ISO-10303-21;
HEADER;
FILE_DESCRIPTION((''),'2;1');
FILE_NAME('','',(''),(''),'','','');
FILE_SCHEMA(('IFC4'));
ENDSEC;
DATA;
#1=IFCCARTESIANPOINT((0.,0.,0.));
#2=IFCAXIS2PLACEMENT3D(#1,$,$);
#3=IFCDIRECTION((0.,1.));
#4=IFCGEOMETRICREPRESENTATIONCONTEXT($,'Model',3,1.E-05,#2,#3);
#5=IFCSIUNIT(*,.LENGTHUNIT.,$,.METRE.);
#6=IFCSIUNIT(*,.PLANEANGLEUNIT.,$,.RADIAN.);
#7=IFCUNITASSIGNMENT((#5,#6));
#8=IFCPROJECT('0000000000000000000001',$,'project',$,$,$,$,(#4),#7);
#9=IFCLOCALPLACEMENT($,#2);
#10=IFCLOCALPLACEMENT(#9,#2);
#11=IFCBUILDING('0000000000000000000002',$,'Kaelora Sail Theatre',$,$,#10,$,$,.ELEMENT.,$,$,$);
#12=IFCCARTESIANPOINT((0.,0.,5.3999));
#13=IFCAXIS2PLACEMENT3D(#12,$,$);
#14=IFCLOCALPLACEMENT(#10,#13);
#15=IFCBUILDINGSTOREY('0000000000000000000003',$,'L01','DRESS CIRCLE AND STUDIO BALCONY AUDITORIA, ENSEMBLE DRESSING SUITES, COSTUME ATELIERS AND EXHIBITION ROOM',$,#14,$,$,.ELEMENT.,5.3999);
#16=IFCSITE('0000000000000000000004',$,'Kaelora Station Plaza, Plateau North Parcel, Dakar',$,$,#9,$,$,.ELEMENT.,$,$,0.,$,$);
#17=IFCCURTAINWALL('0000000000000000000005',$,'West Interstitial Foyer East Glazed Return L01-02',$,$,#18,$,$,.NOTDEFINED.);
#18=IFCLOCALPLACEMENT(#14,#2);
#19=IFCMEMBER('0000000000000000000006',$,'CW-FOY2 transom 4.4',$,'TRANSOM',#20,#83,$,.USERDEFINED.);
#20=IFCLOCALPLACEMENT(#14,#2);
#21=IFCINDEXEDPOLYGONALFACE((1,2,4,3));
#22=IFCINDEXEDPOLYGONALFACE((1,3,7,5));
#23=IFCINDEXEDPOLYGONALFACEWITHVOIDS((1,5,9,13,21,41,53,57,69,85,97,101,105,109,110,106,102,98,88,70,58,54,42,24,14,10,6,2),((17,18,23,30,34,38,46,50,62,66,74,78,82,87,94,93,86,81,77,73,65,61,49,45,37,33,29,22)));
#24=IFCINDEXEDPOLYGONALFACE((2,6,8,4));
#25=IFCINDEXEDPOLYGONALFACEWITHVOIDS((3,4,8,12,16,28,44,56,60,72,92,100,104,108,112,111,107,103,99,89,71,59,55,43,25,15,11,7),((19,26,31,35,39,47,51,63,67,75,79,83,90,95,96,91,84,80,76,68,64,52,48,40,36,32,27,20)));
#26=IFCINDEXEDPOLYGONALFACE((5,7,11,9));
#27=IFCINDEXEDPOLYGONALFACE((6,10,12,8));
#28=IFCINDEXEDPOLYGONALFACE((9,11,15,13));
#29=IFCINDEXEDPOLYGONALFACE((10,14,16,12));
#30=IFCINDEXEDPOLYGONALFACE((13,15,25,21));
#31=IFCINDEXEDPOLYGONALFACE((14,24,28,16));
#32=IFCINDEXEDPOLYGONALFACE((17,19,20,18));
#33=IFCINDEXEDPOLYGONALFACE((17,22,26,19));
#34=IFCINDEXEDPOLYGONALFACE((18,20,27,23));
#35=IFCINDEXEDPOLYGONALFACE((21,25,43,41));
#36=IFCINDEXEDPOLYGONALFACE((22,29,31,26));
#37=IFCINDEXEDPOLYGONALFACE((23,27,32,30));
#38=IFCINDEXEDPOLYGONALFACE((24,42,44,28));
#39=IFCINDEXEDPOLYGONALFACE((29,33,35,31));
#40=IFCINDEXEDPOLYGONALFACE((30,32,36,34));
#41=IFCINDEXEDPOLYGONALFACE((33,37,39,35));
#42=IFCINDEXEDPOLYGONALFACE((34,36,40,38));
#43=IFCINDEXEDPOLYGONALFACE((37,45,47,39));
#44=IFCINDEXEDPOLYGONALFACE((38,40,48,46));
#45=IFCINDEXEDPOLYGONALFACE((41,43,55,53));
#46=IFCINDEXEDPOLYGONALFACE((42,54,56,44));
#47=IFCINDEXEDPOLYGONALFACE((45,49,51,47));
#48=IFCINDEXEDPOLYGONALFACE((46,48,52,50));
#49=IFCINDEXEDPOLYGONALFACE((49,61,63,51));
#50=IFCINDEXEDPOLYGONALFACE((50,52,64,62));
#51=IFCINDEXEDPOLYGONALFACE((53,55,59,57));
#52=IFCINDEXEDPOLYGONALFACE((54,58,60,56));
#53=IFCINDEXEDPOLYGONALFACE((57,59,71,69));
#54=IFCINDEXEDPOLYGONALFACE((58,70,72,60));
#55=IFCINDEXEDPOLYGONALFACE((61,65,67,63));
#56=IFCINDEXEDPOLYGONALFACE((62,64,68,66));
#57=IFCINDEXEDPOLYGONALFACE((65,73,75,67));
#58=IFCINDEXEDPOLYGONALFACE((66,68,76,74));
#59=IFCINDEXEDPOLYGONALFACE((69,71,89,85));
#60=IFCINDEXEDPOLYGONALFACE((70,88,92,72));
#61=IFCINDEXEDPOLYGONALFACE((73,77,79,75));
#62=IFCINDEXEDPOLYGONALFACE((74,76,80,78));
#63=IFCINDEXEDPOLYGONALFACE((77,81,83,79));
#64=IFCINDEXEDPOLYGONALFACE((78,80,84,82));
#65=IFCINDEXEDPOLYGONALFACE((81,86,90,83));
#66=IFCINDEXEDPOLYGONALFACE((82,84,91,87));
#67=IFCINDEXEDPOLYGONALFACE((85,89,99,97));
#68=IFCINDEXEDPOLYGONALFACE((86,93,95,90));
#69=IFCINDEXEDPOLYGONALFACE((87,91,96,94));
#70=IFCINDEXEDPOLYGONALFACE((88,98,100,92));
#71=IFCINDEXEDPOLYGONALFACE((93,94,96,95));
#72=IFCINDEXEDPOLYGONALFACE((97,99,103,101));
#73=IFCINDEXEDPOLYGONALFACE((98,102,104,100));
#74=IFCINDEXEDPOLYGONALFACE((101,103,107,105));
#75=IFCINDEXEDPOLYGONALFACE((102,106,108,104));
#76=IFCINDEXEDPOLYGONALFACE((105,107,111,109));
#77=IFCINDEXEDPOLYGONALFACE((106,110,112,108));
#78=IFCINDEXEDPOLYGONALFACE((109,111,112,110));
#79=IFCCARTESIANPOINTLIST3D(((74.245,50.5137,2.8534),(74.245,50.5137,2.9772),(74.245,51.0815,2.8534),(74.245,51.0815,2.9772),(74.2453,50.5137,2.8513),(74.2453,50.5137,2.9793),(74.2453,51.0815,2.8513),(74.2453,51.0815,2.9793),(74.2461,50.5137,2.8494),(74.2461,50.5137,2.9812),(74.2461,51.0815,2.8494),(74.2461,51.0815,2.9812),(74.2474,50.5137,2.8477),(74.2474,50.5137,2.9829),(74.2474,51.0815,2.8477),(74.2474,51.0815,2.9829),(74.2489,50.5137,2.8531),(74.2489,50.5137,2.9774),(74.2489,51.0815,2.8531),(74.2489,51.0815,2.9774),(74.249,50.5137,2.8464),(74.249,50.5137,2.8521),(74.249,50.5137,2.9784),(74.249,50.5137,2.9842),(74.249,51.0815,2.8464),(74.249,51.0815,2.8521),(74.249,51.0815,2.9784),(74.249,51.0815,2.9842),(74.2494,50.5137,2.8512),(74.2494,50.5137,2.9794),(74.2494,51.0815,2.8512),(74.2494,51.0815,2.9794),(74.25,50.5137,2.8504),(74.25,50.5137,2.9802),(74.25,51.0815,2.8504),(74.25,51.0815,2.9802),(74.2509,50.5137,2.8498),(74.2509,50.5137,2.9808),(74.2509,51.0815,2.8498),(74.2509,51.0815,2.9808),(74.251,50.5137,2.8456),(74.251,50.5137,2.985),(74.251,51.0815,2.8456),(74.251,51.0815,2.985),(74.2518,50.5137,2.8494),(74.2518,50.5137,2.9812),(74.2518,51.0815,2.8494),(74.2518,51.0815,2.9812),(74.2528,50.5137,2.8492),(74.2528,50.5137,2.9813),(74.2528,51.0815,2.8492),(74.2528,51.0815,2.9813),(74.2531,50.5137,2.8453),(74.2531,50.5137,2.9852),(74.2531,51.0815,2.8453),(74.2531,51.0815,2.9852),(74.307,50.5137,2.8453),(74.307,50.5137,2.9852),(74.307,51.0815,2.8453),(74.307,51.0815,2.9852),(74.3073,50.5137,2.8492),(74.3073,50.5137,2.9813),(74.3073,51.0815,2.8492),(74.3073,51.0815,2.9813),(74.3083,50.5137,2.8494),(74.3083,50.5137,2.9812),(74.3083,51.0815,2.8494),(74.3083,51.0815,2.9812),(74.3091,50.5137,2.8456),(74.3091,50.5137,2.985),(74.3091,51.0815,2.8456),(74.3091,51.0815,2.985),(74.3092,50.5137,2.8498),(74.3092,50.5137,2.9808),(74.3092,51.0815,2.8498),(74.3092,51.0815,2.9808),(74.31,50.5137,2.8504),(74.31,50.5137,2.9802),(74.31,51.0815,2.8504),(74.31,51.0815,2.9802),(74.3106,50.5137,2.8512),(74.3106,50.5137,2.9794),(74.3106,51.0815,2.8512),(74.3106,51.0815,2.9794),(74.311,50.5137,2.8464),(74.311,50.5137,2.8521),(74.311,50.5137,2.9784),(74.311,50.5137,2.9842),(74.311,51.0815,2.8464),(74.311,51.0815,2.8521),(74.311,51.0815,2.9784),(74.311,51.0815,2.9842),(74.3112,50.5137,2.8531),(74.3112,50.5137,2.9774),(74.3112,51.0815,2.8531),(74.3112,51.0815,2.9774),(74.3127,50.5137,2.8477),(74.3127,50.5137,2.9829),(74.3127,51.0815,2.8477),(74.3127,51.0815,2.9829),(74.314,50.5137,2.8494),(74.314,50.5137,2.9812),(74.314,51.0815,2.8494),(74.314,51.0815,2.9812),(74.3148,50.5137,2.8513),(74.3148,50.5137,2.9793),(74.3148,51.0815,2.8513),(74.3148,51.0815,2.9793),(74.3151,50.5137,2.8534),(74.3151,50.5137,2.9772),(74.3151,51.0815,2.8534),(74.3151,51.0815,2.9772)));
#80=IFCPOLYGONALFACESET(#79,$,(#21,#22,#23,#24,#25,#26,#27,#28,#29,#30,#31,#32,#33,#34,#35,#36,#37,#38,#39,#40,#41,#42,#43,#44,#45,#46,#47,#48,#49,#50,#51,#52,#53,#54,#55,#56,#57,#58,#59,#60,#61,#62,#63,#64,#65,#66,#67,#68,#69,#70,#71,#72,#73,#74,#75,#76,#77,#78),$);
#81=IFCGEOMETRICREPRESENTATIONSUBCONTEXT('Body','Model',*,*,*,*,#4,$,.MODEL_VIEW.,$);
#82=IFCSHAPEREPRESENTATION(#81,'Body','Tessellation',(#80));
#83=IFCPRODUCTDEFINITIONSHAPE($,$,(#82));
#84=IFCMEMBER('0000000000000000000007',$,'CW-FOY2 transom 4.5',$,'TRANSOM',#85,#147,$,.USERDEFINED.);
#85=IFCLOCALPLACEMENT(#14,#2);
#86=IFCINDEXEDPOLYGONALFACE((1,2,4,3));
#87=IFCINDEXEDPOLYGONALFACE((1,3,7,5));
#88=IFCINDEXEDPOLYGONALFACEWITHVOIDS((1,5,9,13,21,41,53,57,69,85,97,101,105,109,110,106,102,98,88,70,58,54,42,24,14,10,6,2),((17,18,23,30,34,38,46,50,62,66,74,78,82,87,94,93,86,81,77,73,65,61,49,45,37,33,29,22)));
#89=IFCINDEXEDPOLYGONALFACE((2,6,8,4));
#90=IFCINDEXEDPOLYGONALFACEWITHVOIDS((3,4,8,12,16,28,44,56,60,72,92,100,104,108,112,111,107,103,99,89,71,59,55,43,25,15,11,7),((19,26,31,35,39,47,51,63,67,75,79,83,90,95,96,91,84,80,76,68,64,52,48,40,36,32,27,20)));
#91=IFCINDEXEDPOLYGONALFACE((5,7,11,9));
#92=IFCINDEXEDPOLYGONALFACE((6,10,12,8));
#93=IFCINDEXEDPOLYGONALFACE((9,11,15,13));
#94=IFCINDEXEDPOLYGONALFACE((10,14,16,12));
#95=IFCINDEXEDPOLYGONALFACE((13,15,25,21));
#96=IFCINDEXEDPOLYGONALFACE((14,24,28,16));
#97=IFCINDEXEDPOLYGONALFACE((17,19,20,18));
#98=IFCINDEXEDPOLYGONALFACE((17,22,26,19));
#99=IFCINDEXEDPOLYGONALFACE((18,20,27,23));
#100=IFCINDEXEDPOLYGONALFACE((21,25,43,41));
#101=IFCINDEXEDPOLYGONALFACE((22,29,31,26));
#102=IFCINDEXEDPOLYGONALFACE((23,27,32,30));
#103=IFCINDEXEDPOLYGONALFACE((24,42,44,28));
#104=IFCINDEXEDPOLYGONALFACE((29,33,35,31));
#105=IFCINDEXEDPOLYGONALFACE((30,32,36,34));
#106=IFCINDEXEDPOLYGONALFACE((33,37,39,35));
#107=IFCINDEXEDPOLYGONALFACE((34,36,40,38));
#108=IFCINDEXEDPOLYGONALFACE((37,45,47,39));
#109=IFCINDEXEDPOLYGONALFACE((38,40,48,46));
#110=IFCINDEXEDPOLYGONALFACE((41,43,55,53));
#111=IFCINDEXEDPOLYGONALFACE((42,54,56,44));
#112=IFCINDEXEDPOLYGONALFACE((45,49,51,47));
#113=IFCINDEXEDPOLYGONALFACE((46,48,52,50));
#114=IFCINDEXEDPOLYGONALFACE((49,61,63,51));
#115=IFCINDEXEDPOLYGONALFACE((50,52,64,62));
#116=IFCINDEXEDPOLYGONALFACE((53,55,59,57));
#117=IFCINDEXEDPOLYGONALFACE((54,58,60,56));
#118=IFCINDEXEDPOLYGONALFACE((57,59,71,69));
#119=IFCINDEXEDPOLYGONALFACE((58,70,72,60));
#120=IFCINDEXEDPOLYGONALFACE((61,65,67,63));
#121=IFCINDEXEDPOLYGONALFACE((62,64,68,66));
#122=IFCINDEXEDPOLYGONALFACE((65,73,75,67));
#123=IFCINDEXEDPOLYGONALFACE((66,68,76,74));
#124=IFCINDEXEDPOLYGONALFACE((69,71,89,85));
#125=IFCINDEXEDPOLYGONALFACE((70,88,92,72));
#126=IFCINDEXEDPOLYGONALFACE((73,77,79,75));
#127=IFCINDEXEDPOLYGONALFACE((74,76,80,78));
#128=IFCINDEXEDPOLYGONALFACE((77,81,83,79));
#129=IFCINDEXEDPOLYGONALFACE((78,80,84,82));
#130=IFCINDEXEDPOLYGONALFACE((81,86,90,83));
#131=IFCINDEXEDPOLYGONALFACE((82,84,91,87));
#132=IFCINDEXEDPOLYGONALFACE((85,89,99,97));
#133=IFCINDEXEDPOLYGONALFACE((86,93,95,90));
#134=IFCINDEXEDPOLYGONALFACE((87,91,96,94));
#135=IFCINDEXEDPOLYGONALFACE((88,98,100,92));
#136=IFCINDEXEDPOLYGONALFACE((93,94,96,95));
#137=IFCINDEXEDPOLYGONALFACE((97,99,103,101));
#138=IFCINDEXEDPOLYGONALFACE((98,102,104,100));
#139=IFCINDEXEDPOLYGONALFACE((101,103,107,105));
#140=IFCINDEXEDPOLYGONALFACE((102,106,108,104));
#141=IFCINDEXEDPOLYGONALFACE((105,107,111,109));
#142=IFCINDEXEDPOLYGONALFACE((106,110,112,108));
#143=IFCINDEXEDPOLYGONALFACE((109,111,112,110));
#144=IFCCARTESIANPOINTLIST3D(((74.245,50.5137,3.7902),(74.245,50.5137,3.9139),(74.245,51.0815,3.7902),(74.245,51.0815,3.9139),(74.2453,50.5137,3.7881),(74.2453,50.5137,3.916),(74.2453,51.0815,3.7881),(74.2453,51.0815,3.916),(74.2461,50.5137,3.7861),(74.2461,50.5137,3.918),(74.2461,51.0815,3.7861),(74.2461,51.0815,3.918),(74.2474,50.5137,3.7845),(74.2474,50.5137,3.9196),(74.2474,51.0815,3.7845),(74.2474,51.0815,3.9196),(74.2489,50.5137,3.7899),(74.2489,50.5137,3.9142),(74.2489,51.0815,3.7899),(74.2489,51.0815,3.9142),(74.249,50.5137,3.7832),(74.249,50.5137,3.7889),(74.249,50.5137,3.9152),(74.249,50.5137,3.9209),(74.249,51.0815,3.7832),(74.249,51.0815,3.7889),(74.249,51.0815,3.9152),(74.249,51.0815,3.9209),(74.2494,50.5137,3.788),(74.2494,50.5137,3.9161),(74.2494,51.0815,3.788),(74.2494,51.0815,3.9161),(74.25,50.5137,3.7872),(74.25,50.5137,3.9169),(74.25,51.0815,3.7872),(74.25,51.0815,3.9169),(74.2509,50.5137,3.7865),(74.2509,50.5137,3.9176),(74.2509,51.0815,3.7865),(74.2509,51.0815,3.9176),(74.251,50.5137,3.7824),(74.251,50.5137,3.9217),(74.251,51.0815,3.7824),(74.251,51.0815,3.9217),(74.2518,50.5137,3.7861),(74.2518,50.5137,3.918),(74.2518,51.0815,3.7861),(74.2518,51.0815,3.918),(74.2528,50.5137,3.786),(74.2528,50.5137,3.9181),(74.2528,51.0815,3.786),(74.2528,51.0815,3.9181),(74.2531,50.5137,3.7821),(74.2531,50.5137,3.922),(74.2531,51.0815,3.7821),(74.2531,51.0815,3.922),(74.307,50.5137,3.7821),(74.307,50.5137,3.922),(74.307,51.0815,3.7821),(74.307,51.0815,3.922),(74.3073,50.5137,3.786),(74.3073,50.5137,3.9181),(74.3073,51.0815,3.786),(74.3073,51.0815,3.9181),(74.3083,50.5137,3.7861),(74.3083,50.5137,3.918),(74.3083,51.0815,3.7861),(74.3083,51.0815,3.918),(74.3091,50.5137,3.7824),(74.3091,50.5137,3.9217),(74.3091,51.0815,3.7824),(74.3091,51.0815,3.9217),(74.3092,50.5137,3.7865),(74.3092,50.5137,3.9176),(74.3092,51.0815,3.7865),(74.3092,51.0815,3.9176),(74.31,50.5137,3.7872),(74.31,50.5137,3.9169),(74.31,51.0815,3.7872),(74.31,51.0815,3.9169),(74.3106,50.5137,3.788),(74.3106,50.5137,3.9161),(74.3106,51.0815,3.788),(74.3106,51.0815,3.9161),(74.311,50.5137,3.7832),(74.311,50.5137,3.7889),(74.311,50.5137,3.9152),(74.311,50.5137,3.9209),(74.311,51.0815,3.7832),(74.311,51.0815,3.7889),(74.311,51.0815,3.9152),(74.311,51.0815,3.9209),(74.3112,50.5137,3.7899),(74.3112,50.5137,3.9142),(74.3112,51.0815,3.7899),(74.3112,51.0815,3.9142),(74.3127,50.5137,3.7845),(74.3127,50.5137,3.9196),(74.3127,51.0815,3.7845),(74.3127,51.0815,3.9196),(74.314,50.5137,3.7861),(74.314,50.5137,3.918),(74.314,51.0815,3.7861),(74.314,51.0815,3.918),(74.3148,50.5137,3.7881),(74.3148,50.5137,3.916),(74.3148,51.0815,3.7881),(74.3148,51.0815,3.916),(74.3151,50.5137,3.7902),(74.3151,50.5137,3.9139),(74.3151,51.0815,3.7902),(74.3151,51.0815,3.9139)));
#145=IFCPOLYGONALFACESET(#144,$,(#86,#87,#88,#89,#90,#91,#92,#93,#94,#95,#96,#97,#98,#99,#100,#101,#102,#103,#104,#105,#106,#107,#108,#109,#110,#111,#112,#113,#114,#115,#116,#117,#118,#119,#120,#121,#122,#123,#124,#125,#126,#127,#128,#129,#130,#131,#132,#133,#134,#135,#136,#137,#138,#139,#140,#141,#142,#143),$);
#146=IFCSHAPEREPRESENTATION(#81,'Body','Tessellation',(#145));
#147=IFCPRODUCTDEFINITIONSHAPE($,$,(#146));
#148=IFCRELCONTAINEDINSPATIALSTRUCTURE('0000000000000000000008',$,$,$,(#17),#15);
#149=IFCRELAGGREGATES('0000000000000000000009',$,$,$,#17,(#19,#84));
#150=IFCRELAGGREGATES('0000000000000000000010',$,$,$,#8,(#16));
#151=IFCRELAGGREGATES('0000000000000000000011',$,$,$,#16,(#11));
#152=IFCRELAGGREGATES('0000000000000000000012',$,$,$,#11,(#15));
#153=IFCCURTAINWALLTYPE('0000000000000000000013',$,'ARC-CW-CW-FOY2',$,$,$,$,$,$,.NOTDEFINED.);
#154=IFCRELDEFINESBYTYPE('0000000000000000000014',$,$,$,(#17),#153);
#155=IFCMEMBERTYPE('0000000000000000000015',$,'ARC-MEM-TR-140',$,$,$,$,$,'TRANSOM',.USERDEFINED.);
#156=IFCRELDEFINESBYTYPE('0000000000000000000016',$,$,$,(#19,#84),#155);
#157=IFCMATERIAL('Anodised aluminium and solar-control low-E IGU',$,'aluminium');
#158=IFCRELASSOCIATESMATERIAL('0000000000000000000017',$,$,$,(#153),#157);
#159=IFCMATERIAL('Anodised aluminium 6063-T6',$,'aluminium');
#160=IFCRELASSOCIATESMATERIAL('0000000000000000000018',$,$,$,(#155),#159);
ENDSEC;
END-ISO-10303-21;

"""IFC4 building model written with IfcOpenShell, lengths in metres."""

from ifc_helpers import new_model, si_unit, direction, frame, origin, origin_2d, place, context, subcontext, project, spatial, hollow_rectangle, extrude, material, material_profile, profile_set, type_object, element, aggregate, save


model = new_model("IFC4")

# Units and contexts
model_context = context("Model", 3, precision=1e-05, world=origin(), true_north=direction((0.0, 1.0)))
body_context = subcontext(model_context, "Body", "Model", "MODEL_VIEW")
ifc_project = project(units=[si_unit("LENGTHUNIT", "METRE"), si_unit("PLANEANGLEUNIT", "RADIAN")], contexts=[model_context])

# Site, building, storey
site_placement = place(None, origin())
site = spatial("IfcSite", under=ifc_project, at=site_placement, Name="Kaelora Station Plaza, Plateau North Parcel, Dakar", CompositionType="ELEMENT", RefElevation=0.0)
building_placement = place(site_placement, origin())
building = spatial("IfcBuilding", under=site, at=building_placement, Name="Kaelora Sail Theatre", CompositionType="ELEMENT")
storey_placement = place(building_placement, frame((0.0, 0.0, 5.3999)))
storey = spatial("IfcBuildingStorey", under=building, at=storey_placement, Name="L01", Description="DRESS CIRCLE AND STUDIO BALCONY AUDITORIA, ENSEMBLE DRESSING SUITES, COSTUME ATELIERS AND EXHIBITION ROOM", CompositionType="ELEMENT", Elevation=5.3999)

# Curtain wall, members
ifc_material_1 = material(Name="Anodised aluminium and solar-control low-E IGU", Category="aluminium")
curtain_wall_type = type_object("IfcCurtainWallType", Name="ARC-CW-CW-FOY2", PredefinedType="NOTDEFINED", material=ifc_material_1)
curtain_wall_1_placement = place(storey_placement, origin())
curtain_wall_1 = element("IfcCurtainWall", 1, at=curtain_wall_1_placement, inside=storey, type_object=curtain_wall_type, Name="West Interstitial Foyer East Glazed Return L01-02", PredefinedType="NOTDEFINED")
ifc_material_2 = material(Name="Anodised aluminium 6063-T6", Category="aluminium")
ifc_material_profile = material_profile(ifc_material_2, hollow_rectangle(XDim=0.0701, YDim=0.1399, WallThickness=0.0039, InnerFilletRadius=0.0039, OuterFilletRadius=0.0081, at=origin_2d()), Name="ALU-TRAN 70x140x4")
ifc_profile_set = profile_set([ifc_material_profile], Name="Anodised aluminium 6063-T6")
member_type = type_object("IfcMemberType", Name="ARC-MEM-TR-140", ElementType="TRANSOM", PredefinedType="USERDEFINED", material=ifc_profile_set)
member_1_placement = place(storey_placement, frame((74.28, 50.5137, 2.9153), z_axis=(0.0, 1.0, 0.0), x_axis=(-1.0, 0.0, 0.0)))
member_1 = element("IfcMember", 2, at=member_1_placement, type_object=member_type, Name="CW-FOY2 transom 4.4", ObjectType="TRANSOM", PredefinedType="USERDEFINED", context=body_context, shape_type="SweptSolid", body=[
    extrude(hollow_rectangle(XDim=0.0701, YDim=0.1399, WallThickness=0.0039, InnerFilletRadius=0.0039, OuterFilletRadius=0.0081, at=origin_2d()), origin(), (0.0, 0.0, 1.0), 0.5679),
])
member_2_placement = place(storey_placement, frame((74.28, 50.5137, 3.8521), z_axis=(0.0, 1.0, 0.0), x_axis=(-1.0, 0.0, 0.0)))
member_2 = element("IfcMember", 3, at=member_2_placement, type_object=member_type, Name="CW-FOY2 transom 4.5", ObjectType="TRANSOM", PredefinedType="USERDEFINED", context=body_context, shape_type="SweptSolid", body=[
    extrude(hollow_rectangle(XDim=0.0701, YDim=0.1399, WallThickness=0.0039, InnerFilletRadius=0.0039, OuterFilletRadius=0.0081, at=origin_2d()), origin(), (0.0, 0.0, 1.0), 0.5679),
])

aggregate(curtain_wall_1, [member_1, member_2])

save(model, "model.ifc")
